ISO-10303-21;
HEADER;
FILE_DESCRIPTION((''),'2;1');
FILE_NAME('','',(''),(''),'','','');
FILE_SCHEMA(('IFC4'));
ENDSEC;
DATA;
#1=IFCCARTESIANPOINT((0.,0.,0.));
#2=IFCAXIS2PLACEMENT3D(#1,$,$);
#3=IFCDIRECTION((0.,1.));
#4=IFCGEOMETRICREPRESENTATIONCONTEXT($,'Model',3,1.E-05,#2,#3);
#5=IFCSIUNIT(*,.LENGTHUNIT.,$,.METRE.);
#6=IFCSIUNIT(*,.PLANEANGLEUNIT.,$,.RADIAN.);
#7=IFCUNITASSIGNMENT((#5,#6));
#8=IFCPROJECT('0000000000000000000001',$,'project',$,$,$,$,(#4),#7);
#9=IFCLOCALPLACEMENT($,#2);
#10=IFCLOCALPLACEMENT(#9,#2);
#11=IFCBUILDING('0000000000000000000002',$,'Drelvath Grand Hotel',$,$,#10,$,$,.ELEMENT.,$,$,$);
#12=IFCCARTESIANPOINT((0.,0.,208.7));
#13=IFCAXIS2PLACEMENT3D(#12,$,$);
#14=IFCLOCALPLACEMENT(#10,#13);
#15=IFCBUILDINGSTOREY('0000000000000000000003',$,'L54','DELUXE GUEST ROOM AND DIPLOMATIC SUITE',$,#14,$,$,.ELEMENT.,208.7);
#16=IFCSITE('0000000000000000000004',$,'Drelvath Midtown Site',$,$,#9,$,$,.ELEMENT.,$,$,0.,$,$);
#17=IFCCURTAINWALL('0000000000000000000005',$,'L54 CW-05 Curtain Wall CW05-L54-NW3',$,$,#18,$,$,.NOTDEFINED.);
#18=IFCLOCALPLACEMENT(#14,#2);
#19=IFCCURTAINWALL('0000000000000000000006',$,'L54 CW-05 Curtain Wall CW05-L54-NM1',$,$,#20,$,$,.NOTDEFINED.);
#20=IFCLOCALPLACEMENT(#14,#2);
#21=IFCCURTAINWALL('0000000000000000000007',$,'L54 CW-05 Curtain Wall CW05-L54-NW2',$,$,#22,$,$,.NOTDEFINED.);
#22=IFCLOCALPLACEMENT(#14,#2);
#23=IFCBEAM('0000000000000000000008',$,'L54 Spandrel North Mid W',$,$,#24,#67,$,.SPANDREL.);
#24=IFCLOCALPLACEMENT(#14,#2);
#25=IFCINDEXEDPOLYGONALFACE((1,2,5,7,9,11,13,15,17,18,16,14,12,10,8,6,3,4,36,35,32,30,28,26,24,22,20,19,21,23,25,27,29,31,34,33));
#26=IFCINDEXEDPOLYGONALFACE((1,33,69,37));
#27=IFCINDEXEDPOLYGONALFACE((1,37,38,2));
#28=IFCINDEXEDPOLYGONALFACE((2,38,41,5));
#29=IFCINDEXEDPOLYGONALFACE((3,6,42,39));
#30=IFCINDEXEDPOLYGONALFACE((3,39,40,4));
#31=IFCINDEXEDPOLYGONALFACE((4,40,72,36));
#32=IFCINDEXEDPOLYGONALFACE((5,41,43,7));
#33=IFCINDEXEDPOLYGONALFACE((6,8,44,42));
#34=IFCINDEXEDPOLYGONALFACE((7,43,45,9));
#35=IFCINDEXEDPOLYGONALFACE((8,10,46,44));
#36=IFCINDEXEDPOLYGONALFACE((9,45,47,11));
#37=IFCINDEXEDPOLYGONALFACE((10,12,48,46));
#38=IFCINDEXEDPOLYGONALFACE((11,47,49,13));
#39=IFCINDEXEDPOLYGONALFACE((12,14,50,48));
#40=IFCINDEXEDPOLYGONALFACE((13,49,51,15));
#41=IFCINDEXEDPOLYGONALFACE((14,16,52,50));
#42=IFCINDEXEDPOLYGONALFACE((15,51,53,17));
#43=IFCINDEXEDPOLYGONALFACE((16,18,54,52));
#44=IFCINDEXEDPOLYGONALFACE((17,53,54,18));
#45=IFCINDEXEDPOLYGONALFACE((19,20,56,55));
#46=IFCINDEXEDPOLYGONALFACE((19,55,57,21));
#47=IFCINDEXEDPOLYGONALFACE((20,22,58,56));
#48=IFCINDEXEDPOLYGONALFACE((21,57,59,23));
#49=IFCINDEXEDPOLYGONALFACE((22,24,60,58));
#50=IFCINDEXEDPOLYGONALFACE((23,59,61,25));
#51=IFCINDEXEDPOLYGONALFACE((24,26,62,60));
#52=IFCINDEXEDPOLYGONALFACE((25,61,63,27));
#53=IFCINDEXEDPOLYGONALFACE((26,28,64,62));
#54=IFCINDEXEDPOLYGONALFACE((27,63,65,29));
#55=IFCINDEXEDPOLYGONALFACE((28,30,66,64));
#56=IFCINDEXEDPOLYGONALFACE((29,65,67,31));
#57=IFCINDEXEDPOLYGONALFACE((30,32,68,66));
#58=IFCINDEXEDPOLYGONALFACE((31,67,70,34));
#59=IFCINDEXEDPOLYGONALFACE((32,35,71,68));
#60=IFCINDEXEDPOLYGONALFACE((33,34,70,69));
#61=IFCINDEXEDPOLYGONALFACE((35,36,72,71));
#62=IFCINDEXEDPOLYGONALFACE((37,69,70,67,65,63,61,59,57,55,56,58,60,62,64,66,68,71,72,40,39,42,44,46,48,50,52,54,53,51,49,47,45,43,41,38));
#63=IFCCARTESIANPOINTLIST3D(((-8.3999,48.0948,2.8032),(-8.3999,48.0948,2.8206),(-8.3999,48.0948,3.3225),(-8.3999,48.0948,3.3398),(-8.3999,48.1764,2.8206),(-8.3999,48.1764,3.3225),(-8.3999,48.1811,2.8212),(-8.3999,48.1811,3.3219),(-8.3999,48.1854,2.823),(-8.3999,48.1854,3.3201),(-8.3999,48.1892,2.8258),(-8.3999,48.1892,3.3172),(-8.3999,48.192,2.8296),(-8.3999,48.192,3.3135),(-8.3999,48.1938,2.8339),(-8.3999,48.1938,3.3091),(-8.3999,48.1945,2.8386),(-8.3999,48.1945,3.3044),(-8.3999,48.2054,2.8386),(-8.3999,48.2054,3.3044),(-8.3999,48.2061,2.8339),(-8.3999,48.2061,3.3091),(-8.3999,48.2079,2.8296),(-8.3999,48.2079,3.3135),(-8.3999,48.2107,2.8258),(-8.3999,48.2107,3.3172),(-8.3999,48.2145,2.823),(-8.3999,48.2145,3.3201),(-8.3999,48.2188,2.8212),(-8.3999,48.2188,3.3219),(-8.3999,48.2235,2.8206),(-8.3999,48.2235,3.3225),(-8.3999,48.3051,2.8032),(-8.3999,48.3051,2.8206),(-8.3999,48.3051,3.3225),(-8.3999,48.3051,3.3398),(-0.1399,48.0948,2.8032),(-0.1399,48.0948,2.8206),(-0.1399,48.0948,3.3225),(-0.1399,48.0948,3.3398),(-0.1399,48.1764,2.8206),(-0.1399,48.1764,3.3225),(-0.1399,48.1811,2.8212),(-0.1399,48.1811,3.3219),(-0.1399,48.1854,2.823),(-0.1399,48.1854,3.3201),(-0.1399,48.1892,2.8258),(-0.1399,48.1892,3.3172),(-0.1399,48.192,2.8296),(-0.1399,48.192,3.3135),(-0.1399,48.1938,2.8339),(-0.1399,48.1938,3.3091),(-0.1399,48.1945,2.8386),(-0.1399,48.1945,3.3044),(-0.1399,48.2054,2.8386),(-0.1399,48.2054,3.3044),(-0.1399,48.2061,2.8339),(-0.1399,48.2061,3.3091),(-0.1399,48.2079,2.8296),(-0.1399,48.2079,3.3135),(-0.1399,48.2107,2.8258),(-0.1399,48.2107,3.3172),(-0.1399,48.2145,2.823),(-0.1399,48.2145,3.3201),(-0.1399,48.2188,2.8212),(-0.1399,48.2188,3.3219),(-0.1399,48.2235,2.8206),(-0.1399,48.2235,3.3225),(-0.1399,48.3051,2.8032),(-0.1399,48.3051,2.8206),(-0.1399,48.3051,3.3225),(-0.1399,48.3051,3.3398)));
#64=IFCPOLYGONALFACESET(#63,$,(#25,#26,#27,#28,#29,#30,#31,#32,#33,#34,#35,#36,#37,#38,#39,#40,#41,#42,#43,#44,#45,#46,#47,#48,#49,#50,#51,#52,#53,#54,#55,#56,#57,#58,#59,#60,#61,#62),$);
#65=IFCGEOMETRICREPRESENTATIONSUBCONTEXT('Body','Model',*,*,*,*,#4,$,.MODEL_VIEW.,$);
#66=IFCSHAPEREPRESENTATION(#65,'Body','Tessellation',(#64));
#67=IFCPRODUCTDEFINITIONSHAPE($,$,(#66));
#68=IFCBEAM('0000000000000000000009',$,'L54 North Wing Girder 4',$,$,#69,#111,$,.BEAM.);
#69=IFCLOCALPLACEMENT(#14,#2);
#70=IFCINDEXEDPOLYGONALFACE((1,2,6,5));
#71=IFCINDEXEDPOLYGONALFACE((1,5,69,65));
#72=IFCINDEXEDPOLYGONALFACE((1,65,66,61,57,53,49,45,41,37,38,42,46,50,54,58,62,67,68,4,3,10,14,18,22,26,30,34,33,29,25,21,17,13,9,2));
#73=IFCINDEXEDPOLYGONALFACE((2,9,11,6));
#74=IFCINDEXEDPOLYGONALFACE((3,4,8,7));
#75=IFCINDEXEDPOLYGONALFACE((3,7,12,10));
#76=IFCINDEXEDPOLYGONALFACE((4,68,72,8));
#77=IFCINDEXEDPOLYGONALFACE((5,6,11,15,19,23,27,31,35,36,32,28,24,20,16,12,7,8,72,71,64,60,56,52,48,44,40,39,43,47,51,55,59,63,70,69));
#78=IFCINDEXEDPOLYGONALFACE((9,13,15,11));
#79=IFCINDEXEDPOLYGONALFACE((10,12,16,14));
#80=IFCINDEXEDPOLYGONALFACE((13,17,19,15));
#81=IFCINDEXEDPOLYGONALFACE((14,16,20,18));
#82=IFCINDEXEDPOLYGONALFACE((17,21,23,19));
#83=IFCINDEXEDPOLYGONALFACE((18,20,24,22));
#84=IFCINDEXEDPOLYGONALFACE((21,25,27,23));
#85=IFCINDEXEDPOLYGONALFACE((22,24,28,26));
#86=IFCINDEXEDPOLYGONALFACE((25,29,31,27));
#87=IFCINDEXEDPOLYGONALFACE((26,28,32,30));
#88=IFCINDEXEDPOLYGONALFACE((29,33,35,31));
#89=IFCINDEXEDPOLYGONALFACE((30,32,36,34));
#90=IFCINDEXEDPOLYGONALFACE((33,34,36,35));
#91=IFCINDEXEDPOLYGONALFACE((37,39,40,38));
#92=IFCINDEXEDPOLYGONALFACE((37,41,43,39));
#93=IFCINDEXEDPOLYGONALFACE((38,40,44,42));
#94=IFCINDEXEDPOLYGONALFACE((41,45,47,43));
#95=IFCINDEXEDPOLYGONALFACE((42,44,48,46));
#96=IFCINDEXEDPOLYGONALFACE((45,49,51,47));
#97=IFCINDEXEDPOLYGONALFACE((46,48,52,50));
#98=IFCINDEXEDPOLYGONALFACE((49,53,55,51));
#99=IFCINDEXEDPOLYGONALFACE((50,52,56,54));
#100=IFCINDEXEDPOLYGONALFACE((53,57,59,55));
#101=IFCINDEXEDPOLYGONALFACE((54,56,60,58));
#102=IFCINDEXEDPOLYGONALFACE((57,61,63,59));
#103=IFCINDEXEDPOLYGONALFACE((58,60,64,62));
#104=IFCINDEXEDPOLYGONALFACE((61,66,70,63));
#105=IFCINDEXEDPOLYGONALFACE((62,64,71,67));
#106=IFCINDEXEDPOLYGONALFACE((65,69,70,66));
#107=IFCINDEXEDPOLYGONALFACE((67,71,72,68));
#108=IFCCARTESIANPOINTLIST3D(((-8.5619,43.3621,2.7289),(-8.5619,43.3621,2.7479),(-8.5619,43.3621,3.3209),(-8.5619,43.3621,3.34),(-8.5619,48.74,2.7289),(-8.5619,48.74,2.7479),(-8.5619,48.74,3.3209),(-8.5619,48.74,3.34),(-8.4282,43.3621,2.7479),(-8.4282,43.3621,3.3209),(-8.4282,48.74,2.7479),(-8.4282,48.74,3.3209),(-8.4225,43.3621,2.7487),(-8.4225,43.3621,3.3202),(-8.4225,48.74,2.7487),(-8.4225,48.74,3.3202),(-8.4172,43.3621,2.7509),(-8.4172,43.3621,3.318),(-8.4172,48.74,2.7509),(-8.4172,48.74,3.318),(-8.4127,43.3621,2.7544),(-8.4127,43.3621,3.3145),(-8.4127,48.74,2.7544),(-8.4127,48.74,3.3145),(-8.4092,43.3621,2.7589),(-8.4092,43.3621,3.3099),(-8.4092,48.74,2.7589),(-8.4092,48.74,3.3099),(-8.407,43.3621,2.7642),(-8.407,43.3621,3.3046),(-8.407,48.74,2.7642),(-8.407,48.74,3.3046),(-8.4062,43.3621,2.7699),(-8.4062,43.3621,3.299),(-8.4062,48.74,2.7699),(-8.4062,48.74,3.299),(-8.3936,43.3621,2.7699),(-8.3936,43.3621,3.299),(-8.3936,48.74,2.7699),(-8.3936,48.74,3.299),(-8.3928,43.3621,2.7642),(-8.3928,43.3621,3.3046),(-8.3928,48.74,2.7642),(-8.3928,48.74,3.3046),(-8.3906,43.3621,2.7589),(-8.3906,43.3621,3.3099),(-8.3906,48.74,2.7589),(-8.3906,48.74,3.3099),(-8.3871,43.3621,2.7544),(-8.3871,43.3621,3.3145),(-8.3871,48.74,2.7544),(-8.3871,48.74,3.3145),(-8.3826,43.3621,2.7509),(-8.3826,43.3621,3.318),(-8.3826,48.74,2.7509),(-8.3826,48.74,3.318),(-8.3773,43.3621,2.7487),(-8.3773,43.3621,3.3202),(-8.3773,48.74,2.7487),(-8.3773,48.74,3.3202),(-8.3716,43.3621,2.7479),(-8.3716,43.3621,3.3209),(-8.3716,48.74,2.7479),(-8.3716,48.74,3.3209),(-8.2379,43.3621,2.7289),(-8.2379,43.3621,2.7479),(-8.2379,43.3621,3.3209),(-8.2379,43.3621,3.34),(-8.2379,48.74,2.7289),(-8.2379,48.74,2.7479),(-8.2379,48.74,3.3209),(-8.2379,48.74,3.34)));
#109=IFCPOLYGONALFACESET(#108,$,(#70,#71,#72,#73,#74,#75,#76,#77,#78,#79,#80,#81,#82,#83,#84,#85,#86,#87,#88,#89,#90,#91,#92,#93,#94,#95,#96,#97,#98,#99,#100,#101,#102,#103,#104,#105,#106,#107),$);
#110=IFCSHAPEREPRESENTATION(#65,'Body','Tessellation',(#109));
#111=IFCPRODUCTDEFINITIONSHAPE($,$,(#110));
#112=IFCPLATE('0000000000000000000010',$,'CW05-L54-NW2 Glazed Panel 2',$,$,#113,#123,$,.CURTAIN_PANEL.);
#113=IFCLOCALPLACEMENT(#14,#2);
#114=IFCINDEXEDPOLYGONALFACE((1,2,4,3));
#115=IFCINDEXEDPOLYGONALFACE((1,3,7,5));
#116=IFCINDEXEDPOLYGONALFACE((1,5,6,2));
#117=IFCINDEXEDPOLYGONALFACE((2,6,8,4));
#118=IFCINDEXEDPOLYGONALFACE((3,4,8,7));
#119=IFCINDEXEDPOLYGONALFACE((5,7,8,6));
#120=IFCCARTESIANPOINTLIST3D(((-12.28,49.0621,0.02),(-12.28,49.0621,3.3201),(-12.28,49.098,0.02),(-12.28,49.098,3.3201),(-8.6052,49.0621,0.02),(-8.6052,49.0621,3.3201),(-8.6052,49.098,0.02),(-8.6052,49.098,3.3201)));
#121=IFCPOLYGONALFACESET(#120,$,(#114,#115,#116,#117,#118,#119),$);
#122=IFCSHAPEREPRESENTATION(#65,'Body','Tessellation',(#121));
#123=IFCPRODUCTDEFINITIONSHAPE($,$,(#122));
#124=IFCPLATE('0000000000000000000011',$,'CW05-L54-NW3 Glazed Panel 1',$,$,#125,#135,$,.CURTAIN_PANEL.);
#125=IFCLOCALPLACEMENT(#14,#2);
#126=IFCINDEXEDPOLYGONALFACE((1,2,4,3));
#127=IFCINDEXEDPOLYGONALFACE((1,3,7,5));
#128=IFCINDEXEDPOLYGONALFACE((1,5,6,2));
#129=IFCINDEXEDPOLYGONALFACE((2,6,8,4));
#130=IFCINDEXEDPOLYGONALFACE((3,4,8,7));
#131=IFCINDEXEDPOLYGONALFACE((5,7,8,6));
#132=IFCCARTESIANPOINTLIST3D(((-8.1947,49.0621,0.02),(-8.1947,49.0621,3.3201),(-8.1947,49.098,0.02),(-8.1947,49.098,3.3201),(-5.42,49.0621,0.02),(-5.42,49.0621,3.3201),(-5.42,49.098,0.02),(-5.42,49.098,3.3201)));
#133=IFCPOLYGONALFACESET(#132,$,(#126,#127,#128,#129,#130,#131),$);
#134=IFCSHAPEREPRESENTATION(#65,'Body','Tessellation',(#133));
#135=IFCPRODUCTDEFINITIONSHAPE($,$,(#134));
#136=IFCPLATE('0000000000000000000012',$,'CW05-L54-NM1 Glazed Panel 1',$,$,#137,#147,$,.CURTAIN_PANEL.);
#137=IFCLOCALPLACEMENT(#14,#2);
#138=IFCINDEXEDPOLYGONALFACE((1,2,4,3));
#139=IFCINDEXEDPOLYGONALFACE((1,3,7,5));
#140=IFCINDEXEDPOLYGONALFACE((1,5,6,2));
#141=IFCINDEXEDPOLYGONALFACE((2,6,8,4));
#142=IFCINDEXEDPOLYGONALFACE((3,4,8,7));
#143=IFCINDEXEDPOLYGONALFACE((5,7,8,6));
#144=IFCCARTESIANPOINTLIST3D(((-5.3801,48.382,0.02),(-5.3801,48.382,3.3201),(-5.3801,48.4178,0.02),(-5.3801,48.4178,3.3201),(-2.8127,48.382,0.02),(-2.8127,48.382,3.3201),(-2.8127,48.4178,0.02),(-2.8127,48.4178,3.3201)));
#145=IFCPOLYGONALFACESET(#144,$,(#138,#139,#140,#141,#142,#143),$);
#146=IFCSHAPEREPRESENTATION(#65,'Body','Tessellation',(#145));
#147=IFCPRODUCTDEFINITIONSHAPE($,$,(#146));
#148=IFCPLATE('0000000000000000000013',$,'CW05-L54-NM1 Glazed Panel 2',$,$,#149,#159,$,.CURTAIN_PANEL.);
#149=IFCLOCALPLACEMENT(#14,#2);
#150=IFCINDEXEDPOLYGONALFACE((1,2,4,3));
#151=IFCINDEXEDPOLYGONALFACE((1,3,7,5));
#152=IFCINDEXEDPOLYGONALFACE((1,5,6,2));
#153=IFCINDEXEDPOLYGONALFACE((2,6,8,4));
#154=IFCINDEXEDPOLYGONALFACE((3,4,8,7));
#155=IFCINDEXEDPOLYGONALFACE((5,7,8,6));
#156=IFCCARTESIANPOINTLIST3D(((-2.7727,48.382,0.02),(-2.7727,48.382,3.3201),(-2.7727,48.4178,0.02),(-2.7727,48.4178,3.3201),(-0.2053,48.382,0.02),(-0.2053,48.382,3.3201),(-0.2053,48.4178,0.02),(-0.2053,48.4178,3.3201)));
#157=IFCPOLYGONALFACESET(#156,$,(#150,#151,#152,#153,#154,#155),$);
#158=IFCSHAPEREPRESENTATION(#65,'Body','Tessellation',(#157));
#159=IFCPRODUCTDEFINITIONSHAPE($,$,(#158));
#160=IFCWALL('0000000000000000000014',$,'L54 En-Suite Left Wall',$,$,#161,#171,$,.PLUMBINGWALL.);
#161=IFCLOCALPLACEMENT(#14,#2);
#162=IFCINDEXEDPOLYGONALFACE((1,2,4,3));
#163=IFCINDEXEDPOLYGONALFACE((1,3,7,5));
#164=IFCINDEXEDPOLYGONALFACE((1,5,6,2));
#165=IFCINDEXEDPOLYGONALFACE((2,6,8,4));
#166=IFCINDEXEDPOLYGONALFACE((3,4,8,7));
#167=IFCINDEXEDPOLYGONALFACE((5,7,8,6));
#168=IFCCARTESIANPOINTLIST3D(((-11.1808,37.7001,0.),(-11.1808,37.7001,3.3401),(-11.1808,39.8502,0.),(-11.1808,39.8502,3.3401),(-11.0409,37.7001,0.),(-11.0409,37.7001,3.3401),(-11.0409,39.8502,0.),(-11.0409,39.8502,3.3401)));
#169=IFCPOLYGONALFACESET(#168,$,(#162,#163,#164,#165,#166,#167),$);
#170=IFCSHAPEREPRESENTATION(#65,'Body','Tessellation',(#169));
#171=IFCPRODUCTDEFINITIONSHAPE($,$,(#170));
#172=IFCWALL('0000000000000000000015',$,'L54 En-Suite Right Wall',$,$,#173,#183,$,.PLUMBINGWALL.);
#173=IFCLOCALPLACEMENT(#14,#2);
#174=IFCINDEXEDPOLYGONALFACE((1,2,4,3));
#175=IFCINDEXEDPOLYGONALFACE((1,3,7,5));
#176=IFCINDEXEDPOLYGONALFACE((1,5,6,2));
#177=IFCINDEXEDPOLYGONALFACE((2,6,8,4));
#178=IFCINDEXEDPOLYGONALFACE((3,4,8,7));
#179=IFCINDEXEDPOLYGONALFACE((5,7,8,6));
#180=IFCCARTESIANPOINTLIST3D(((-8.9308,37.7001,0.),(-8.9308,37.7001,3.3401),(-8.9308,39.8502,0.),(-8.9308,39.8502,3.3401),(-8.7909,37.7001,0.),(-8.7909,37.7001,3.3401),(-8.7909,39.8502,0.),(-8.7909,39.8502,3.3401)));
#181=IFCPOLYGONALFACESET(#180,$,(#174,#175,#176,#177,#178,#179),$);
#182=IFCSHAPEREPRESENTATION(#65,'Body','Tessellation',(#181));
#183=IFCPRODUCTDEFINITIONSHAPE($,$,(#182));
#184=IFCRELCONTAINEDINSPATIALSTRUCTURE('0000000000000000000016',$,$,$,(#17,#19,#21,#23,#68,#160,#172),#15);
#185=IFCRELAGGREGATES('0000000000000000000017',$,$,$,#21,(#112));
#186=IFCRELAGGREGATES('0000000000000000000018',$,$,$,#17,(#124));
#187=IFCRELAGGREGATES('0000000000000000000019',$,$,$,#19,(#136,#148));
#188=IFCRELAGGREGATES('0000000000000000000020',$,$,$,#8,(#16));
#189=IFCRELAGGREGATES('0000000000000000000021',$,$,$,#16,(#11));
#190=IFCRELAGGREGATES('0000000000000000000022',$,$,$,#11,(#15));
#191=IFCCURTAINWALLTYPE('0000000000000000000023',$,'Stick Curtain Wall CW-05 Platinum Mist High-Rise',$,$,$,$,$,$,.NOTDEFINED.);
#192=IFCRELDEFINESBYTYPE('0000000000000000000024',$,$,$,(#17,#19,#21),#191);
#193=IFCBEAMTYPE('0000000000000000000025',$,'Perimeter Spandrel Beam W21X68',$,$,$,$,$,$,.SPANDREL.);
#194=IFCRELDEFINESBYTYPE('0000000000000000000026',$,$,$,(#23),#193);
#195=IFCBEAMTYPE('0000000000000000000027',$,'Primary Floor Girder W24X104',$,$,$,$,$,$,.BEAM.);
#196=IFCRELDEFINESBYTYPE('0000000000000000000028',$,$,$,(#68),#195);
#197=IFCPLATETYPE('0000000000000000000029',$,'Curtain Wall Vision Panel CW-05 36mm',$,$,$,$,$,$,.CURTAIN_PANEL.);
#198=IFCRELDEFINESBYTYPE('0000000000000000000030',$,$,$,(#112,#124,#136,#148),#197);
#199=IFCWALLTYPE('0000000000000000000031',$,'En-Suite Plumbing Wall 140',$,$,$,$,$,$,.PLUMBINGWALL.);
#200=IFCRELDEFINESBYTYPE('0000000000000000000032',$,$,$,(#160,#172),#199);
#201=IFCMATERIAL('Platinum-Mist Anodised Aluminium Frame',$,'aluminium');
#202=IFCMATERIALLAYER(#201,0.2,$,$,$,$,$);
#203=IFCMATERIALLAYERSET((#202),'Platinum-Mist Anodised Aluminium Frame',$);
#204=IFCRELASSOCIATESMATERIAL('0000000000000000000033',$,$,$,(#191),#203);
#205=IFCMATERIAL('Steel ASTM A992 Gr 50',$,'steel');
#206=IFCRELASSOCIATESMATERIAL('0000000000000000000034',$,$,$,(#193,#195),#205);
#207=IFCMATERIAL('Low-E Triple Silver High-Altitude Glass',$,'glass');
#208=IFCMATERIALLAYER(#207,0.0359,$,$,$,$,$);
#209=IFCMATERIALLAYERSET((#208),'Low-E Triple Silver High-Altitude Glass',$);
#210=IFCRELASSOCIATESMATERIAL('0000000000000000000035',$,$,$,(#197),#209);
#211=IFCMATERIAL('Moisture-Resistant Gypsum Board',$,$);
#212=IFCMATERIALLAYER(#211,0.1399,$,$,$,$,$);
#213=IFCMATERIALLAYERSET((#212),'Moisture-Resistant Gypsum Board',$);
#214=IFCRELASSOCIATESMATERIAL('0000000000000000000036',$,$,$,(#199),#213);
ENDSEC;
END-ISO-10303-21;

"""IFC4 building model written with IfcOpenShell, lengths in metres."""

from ifc_helpers import new_model, si_unit, direction, frame, frame_2d, origin, origin_2d, place, context, subcontext, project, spatial, rectangle, i_section, extrude, material, layer, layer_set, material_profile, profile_set, type_object, element, aggregate, save


model = new_model("IFC4")

# Units and contexts
model_context = context("Model", 3, precision=1e-05, world=origin(), true_north=direction((0.0, 1.0)))
body_context = subcontext(model_context, "Body", "Model", "MODEL_VIEW")
ifc_project = project(units=[si_unit("LENGTHUNIT", "METRE"), si_unit("PLANEANGLEUNIT", "RADIAN")], contexts=[model_context])

# Site, building, storey
site_placement = place(None, origin())
site = spatial("IfcSite", under=ifc_project, at=site_placement, Name="Drelvath Midtown Site", CompositionType="ELEMENT", RefElevation=0.0)
building_placement = place(site_placement, origin())
building = spatial("IfcBuilding", under=site, at=building_placement, Name="Drelvath Grand Hotel", CompositionType="ELEMENT")
storey_placement = place(building_placement, frame((0.0, 0.0, 208.7)))
storey = spatial("IfcBuildingStorey", under=building, at=storey_placement, Name="L54", Description="DELUXE GUEST ROOM AND DIPLOMATIC SUITE", CompositionType="ELEMENT", Elevation=208.7)

# Curtain walls
ifc_material_1 = material(Name="Platinum-Mist Anodised Aluminium Frame", Category="aluminium")
ifc_layer_1 = layer(ifc_material_1, 0.2)
ifc_layer_set_1 = layer_set([ifc_layer_1], Name="Platinum-Mist Anodised Aluminium Frame")
curtain_wall_type = type_object("IfcCurtainWallType", Name="Stick Curtain Wall CW-05 Platinum Mist High-Rise", PredefinedType="NOTDEFINED", material=ifc_layer_set_1)
curtain_wall_1_placement = place(storey_placement, origin())
curtain_wall_1 = element("IfcCurtainWall", 1, at=curtain_wall_1_placement, inside=storey, type_object=curtain_wall_type, Name="L54 CW-05 Curtain Wall CW05-L54-NW3", PredefinedType="NOTDEFINED")
curtain_wall_2_placement = place(storey_placement, origin())
curtain_wall_2 = element("IfcCurtainWall", 2, at=curtain_wall_2_placement, inside=storey, type_object=curtain_wall_type, Name="L54 CW-05 Curtain Wall CW05-L54-NM1", PredefinedType="NOTDEFINED")
curtain_wall_3_placement = place(storey_placement, origin())
curtain_wall_3 = element("IfcCurtainWall", 3, at=curtain_wall_3_placement, inside=storey, type_object=curtain_wall_type, Name="L54 CW-05 Curtain Wall CW05-L54-NW2", PredefinedType="NOTDEFINED")

# Beams
ifc_material_2 = material(Name="Steel ASTM A992 Gr 50", Category="steel")
ifc_material_profile_1 = material_profile(ifc_material_2, i_section(OverallWidth=0.2102, OverallDepth=0.5366, WebThickness=0.011, FlangeThickness=0.0173, FilletRadius=0.0181, at=origin_2d()), Name="W21X68")
ifc_profile_set_1 = profile_set([ifc_material_profile_1], Name="Steel ASTM A992 Gr 50")
beam_type_1 = type_object("IfcBeamType", Name="Perimeter Spandrel Beam W21X68", PredefinedType="SPANDREL", material=ifc_profile_set_1)
beam_1_placement = place(storey_placement, frame((-8.3999, 48.2, 3.0715), z_axis=(1.0, 0.0, 0.0), x_axis=(0.0, 1.0, 0.0)))
element("IfcBeam", 4, at=beam_1_placement, inside=storey, type_object=beam_type_1, Name="L54 Spandrel North Mid W", PredefinedType="SPANDREL", context=body_context, shape_type="SweptSolid", body=[
    extrude(i_section(OverallWidth=0.2102, OverallDepth=0.5366, WebThickness=0.011, FlangeThickness=0.0173, FilletRadius=0.0181, at=origin_2d()), origin(), (0.0, 0.0, 1.0), 8.26),
])
ifc_material_profile_2 = material_profile(ifc_material_2, i_section(OverallWidth=0.324, OverallDepth=0.6111, WebThickness=0.0127, FlangeThickness=0.019, FilletRadius=0.022, at=origin_2d()), Name="W24X104")
ifc_profile_set_2 = profile_set([ifc_material_profile_2], Name="Steel ASTM A992 Gr 50")
beam_type_2 = type_object("IfcBeamType", Name="Primary Floor Girder W24X104", PredefinedType="BEAM", material=ifc_profile_set_2)
beam_2_placement = place(storey_placement, frame((-8.3999, 43.3621, 3.0344), z_axis=(0.0, 1.0, 0.0), x_axis=(-1.0, 0.0, 0.0)))
element("IfcBeam", 5, at=beam_2_placement, inside=storey, type_object=beam_type_2, Name="L54 North Wing Girder 4", PredefinedType="BEAM", context=body_context, shape_type="SweptSolid", body=[
    extrude(i_section(OverallWidth=0.324, OverallDepth=0.6111, WebThickness=0.0127, FlangeThickness=0.019, FilletRadius=0.022, at=origin_2d()), origin(), (0.0, 0.0, 1.0), 5.3779),
])

# Plates
ifc_material_3 = material(Name="Low-E Triple Silver High-Altitude Glass", Category="glass")
ifc_layer_2 = layer(ifc_material_3, 0.0359)
ifc_layer_set_2 = layer_set([ifc_layer_2], Name="Low-E Triple Silver High-Altitude Glass")
plate_type = type_object("IfcPlateType", Name="Curtain Wall Vision Panel CW-05 36mm", PredefinedType="CURTAIN_PANEL", material=ifc_layer_set_2)
plate_1_placement = place(storey_placement, frame((-10.4426, 49.0801, 0.02), z_axis=(0.0, 0.0, 1.0), x_axis=(1.0, 0.0, 0.0)))
plate_1 = element("IfcPlate", 6, at=plate_1_placement, type_object=plate_type, Name="CW05-L54-NW2 Glazed Panel 2", PredefinedType="CURTAIN_PANEL", context=body_context, shape_type="SweptSolid", body=[
    extrude(rectangle(XDim=3.6748, YDim=0.0359, at=origin_2d()), origin(), (0.0, 0.0, 1.0), 3.3),
])
aggregate(curtain_wall_3, [plate_1])
plate_2_placement = place(storey_placement, frame((-6.8074, 49.0801, 0.02), z_axis=(0.0, 0.0, 1.0), x_axis=(1.0, 0.0, 0.0)))
plate_2 = element("IfcPlate", 7, at=plate_2_placement, type_object=plate_type, Name="CW05-L54-NW3 Glazed Panel 1", PredefinedType="CURTAIN_PANEL", context=body_context, shape_type="SweptSolid", body=[
    extrude(rectangle(XDim=2.7747, YDim=0.0359, at=origin_2d()), origin(), (0.0, 0.0, 1.0), 3.3),
])
aggregate(curtain_wall_1, [plate_2])
plate_3_placement = place(storey_placement, frame((-4.0964, 48.3999, 0.02), z_axis=(0.0, 0.0, 1.0), x_axis=(1.0, 0.0, 0.0)))
plate_3 = element("IfcPlate", 8, at=plate_3_placement, type_object=plate_type, Name="CW05-L54-NM1 Glazed Panel 1", PredefinedType="CURTAIN_PANEL", context=body_context, shape_type="SweptSolid", body=[
    extrude(rectangle(XDim=2.5674, YDim=0.0359, at=origin_2d()), origin(), (0.0, 0.0, 1.0), 3.3),
])
plate_4_placement = place(storey_placement, frame((-1.489, 48.3999, 0.02), z_axis=(0.0, 0.0, 1.0), x_axis=(1.0, 0.0, 0.0)))
plate_4 = element("IfcPlate", 9, at=plate_4_placement, type_object=plate_type, Name="CW05-L54-NM1 Glazed Panel 2", PredefinedType="CURTAIN_PANEL", context=body_context, shape_type="SweptSolid", body=[
    extrude(rectangle(XDim=2.5674, YDim=0.0359, at=origin_2d()), origin(), (0.0, 0.0, 1.0), 3.3),
])
aggregate(curtain_wall_2, [plate_3, plate_4])

# Walls
ifc_material_4 = material(Name="Moisture-Resistant Gypsum Board")
ifc_layer_3 = layer(ifc_material_4, 0.1399)
ifc_layer_set_3 = layer_set([ifc_layer_3], Name="Moisture-Resistant Gypsum Board")
wall_type_1 = type_object("IfcWallType", Name="En-Suite Plumbing Wall 140", PredefinedType="PLUMBINGWALL", material=ifc_layer_set_3)
for number, where, z_axis, x_axis, name in (
    (10, (-11.1108, 37.7, 0.0), (0.0, 0.0, 1.0), (0.0, 1.0, 0.0), "L54 En-Suite Left Wall"),
    (11, (-8.8608, 37.7, 0.0), (0.0, 0.0, 1.0), (0.0, 1.0, 0.0), "L54 En-Suite Right Wall"),
):
    element("IfcWall", number, at=place(storey_placement, frame(where, z_axis=z_axis, x_axis=x_axis)), inside=storey, type_object=wall_type_1, Name=name, PredefinedType="PLUMBINGWALL", context=body_context, shape_type="SweptSolid", body=[
        extrude(rectangle(XDim=2.1501, YDim=0.1399, at=frame_2d((1.0752, 0.0))), origin(), (0.0, 0.0, 1.0), 3.3401),
    ])

save(model, "model.ifc")
